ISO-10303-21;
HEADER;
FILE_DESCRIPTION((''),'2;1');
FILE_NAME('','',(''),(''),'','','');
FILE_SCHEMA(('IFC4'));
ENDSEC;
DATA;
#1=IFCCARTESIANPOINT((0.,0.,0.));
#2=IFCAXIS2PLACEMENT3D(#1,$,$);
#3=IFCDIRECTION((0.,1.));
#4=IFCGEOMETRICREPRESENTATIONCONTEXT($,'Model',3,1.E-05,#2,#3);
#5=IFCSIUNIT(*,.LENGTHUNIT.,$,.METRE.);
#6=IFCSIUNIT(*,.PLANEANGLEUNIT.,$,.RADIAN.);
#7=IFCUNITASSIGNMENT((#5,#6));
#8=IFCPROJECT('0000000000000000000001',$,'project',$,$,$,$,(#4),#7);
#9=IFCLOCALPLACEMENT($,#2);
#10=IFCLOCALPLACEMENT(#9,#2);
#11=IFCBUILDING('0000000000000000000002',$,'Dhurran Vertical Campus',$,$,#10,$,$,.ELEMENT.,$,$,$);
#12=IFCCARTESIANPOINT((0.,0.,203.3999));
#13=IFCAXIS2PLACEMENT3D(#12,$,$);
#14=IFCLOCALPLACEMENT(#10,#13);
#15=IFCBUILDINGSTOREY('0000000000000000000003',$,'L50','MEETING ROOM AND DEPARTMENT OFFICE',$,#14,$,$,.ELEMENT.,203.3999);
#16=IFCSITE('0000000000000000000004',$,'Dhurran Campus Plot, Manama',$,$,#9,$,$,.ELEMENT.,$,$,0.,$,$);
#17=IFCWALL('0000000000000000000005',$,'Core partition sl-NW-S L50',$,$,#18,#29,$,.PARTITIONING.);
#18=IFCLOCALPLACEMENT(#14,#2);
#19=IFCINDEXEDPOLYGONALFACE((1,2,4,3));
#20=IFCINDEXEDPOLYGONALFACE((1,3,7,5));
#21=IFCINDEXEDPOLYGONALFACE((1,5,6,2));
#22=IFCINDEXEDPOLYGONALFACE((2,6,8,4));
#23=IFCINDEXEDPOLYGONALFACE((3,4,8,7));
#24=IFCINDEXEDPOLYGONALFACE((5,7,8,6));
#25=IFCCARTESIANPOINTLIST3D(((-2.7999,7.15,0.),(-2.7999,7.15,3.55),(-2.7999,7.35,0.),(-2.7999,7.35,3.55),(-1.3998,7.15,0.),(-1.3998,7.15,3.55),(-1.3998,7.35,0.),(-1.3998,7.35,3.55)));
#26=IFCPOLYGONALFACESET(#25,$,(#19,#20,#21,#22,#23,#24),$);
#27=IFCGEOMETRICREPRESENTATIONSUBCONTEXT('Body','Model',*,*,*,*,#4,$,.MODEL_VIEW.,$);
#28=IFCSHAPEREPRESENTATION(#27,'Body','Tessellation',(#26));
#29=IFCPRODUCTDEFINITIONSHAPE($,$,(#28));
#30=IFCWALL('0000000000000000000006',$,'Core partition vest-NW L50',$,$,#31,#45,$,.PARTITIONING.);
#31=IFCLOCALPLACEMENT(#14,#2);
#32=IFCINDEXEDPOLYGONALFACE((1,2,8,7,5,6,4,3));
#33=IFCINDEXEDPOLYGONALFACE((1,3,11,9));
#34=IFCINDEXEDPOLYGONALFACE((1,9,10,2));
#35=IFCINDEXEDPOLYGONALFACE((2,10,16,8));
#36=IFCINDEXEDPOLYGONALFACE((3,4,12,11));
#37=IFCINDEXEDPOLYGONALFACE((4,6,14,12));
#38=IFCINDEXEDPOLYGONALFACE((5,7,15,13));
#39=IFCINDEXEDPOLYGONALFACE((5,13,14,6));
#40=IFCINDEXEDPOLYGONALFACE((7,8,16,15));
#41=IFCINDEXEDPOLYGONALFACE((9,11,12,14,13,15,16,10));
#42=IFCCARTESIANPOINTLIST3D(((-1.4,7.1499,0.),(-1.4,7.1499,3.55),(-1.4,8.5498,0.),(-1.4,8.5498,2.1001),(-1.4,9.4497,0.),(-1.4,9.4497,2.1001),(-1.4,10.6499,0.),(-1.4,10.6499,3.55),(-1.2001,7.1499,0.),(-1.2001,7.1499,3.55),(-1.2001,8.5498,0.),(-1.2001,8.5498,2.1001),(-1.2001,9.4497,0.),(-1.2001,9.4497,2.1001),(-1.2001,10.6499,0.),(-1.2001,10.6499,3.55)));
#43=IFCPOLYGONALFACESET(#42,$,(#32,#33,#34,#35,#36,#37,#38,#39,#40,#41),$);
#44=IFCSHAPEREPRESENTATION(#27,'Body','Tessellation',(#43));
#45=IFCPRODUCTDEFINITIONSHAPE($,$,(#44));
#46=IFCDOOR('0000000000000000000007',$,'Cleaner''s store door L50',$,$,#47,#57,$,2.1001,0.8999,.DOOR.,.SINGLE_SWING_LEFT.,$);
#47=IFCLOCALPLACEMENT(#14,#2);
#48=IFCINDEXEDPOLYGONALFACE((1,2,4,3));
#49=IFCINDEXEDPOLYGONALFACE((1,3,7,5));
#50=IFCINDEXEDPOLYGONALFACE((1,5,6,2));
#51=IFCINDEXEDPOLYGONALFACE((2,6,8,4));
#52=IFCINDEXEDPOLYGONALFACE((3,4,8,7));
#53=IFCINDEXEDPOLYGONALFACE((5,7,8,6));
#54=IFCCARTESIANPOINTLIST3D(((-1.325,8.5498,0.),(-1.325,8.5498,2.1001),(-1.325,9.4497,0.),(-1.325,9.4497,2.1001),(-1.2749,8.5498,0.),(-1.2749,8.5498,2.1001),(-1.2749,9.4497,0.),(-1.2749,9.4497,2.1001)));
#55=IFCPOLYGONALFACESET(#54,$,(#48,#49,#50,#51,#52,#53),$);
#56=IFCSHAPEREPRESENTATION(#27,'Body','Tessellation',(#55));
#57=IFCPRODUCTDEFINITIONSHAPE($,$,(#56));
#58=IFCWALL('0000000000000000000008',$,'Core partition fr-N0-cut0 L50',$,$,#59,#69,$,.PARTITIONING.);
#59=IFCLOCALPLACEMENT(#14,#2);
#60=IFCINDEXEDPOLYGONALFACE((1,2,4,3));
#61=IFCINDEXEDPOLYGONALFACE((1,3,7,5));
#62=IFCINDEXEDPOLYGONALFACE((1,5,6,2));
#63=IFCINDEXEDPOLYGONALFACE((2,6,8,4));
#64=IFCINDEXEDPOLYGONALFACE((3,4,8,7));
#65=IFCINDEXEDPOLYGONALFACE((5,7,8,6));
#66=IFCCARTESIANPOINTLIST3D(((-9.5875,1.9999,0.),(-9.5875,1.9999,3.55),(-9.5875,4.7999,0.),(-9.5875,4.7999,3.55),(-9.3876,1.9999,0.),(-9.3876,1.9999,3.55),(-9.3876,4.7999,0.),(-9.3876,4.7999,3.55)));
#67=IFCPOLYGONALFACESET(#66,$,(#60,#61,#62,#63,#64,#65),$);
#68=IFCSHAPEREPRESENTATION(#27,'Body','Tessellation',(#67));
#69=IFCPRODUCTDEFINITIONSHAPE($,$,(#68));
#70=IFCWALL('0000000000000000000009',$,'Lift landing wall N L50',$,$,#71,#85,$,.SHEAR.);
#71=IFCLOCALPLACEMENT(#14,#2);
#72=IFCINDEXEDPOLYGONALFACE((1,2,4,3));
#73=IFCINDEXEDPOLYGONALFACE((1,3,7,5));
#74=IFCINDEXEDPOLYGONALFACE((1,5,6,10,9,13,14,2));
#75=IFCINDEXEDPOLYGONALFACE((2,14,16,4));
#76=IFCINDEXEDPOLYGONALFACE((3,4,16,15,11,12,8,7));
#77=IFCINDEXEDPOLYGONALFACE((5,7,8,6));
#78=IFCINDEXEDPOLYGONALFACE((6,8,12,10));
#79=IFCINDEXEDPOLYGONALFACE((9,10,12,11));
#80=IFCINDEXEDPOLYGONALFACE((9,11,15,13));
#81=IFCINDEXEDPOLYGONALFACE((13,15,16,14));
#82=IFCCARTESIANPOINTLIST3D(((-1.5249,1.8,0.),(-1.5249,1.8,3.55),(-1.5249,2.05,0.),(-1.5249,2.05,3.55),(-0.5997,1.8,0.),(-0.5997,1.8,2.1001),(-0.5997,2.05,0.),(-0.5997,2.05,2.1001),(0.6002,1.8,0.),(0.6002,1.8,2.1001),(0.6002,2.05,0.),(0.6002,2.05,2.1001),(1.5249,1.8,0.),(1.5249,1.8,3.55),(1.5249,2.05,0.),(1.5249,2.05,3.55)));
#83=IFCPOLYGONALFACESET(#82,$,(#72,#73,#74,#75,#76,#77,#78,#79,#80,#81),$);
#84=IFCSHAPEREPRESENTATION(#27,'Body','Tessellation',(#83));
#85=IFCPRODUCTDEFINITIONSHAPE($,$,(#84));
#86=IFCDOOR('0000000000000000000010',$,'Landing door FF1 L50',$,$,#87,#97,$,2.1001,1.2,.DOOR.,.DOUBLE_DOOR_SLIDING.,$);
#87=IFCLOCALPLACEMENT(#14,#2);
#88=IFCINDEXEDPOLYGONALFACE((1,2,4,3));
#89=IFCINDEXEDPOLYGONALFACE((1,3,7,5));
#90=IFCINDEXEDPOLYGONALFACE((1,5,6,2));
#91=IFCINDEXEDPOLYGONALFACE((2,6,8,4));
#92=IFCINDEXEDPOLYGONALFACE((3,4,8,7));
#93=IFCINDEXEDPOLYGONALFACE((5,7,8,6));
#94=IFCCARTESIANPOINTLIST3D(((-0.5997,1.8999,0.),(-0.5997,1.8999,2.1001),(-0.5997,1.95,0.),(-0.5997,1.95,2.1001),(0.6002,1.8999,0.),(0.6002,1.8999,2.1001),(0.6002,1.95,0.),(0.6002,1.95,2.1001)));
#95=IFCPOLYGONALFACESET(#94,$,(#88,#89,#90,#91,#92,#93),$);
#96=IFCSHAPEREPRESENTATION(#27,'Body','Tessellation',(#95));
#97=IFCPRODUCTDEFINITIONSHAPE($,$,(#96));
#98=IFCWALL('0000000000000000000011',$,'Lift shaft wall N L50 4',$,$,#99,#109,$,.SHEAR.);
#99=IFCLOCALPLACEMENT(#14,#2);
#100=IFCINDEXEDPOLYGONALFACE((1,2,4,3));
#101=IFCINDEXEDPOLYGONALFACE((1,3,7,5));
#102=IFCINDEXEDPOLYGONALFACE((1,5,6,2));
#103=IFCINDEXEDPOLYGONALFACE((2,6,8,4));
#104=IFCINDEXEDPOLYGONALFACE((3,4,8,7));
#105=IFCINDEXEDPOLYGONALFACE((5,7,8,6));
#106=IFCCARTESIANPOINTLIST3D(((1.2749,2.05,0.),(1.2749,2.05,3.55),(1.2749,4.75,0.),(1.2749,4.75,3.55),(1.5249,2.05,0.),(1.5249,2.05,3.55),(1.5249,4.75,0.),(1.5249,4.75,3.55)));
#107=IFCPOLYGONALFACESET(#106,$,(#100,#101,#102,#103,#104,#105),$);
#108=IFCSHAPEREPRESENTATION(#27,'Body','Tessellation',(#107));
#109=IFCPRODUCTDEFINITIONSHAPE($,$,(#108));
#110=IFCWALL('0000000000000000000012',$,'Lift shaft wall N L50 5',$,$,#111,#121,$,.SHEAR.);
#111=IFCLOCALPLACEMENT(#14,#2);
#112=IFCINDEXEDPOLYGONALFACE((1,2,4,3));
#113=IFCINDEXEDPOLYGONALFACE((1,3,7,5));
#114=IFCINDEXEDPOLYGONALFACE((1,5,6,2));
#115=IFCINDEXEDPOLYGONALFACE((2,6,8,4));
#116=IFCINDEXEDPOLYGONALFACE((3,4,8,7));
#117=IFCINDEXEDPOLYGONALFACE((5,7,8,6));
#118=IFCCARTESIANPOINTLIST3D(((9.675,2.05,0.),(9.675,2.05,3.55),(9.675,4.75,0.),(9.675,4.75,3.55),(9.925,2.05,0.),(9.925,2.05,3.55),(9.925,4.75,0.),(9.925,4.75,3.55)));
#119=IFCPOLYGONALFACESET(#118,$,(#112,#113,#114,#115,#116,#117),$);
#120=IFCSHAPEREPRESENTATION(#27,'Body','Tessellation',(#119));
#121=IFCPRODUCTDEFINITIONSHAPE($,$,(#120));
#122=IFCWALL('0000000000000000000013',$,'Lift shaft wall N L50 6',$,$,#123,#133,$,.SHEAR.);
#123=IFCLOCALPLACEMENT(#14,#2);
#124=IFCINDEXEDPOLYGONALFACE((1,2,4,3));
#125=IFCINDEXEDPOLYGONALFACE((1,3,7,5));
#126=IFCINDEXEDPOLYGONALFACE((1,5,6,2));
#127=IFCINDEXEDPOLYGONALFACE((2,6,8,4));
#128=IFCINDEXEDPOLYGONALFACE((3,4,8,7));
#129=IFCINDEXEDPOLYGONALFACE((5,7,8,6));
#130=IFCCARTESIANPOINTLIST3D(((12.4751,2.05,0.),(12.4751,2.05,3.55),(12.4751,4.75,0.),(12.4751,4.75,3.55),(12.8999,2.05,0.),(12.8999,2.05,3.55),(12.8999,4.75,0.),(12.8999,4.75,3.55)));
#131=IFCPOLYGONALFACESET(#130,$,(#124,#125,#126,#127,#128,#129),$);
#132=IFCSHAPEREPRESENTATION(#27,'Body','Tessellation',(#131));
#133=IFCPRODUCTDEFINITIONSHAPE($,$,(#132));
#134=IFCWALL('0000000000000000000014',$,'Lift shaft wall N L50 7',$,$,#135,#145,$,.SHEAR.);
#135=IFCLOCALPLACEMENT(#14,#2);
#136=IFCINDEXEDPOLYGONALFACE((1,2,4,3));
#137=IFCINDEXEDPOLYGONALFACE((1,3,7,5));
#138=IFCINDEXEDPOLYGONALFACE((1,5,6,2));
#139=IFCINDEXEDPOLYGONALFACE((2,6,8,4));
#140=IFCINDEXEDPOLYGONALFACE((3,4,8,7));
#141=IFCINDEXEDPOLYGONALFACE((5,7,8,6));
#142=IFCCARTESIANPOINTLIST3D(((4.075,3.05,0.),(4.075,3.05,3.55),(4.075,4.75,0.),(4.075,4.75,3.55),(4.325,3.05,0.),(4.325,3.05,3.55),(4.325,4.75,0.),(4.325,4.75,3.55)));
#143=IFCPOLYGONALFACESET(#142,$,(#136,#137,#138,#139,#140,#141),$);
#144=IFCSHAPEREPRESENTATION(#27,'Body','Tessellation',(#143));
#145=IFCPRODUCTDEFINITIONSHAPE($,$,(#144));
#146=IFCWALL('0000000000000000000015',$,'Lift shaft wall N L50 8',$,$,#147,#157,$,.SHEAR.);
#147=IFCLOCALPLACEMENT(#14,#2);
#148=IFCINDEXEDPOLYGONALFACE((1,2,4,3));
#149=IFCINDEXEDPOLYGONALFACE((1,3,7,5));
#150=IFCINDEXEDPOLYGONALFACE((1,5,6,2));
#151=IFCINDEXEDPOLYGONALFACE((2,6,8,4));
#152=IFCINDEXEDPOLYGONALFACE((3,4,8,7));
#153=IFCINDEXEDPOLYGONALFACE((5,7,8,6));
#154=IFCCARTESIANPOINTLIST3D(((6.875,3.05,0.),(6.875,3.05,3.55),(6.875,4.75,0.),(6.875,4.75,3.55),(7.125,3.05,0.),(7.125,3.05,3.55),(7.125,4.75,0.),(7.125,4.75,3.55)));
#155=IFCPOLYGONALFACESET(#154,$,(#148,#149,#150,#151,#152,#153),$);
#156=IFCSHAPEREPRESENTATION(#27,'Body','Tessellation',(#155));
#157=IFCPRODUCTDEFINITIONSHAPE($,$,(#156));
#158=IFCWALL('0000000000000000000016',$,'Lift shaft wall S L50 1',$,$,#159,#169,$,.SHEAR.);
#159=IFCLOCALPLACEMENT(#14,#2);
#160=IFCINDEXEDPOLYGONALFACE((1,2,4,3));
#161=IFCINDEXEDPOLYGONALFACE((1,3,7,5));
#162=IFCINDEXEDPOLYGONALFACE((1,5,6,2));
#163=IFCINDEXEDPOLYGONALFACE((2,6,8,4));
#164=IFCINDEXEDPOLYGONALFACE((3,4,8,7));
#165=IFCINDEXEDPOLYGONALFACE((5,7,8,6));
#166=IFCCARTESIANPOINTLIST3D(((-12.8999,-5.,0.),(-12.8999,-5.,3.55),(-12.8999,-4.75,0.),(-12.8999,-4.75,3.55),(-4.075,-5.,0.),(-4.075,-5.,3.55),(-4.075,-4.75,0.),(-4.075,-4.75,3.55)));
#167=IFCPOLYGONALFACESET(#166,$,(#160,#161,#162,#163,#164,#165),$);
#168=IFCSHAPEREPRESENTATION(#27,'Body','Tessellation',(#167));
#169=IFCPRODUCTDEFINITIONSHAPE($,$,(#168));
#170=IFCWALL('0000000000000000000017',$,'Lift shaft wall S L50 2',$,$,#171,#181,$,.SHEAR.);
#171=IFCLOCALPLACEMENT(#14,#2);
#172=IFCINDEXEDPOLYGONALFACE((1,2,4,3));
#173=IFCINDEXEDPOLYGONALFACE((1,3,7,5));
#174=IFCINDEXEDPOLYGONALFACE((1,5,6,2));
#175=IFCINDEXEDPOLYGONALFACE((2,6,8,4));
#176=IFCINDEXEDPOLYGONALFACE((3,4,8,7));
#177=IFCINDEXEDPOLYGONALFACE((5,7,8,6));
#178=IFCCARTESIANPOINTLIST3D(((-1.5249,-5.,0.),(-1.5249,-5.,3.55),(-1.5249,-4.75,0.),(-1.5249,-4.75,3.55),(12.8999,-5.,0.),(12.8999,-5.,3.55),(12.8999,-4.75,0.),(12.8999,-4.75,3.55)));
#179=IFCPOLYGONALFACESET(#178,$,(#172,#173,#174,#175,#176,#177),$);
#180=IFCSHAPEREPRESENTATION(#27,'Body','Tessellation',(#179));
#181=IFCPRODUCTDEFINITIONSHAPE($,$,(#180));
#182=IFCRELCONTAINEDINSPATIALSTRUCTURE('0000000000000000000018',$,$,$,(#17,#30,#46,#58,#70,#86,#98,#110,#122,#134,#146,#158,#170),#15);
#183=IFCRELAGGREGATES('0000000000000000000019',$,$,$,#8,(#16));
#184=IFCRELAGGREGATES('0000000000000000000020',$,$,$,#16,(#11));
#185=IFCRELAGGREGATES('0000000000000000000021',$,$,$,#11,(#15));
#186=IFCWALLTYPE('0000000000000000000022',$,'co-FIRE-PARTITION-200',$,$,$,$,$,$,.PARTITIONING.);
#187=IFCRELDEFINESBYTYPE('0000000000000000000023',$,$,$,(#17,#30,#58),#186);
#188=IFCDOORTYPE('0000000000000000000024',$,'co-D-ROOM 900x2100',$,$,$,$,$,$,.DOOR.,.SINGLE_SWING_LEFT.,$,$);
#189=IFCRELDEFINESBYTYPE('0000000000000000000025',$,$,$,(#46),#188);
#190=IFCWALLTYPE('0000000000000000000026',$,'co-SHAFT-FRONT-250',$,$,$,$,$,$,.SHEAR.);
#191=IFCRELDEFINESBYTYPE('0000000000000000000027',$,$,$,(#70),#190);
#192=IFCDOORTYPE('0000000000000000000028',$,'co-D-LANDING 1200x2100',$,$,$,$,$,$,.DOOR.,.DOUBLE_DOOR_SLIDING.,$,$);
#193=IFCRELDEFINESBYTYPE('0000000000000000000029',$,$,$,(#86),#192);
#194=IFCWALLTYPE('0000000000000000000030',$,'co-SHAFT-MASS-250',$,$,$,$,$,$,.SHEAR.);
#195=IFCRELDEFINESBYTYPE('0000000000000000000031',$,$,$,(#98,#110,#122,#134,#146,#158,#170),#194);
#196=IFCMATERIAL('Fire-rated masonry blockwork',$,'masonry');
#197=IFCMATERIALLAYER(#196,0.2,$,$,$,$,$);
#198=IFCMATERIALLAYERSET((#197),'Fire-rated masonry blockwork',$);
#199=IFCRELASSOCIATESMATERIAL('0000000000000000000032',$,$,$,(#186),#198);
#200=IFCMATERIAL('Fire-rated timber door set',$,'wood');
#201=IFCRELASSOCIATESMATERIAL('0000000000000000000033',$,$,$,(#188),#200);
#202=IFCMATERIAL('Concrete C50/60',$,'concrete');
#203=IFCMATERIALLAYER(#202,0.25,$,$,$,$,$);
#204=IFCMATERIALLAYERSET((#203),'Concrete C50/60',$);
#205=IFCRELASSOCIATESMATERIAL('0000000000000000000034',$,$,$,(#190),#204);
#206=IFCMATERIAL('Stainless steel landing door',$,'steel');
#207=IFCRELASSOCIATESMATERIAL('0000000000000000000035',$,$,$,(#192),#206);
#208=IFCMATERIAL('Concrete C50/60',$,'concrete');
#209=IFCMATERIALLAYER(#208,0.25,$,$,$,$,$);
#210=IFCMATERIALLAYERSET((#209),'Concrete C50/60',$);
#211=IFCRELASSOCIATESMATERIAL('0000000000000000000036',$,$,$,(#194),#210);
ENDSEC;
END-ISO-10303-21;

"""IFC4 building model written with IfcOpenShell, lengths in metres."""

from ifc_helpers import new_model, si_unit, direction, frame, frame_2d, origin, place, context, subcontext, project, spatial, polyline, rectangle, outline, extrude, material, layer, layer_set, type_object, element, fill, save


model = new_model("IFC4")

# Units and contexts
model_context = context("Model", 3, precision=1e-05, world=origin(), true_north=direction((0.0, 1.0)))
body_context = subcontext(model_context, "Body", "Model", "MODEL_VIEW")
ifc_project = project(units=[si_unit("LENGTHUNIT", "METRE"), si_unit("PLANEANGLEUNIT", "RADIAN")], contexts=[model_context])

# Site, building, storey
site_placement = place(None, origin())
site = spatial("IfcSite", under=ifc_project, at=site_placement, Name="Dhurran Campus Plot, Manama", CompositionType="ELEMENT", RefElevation=0.0)
building_placement = place(site_placement, origin())
building = spatial("IfcBuilding", under=site, at=building_placement, Name="Dhurran Vertical Campus", CompositionType="ELEMENT")
storey_placement = place(building_placement, frame((0.0, 0.0, 203.3999)))
storey = spatial("IfcBuildingStorey", under=building, at=storey_placement, Name="L50", Description="MEETING ROOM AND DEPARTMENT OFFICE", CompositionType="ELEMENT", Elevation=203.3999)

# Wall
ifc_material_1 = material(Name="Fire-rated masonry blockwork", Category="masonry")
ifc_layer_1 = layer(ifc_material_1, 0.2)
ifc_layer_set_1 = layer_set([ifc_layer_1], Name="Fire-rated masonry blockwork")
wall_type_1 = type_object("IfcWallType", Name="co-FIRE-PARTITION-200", PredefinedType="PARTITIONING", material=ifc_layer_set_1)
wall_1_placement = place(storey_placement, frame((-2.8, 7.25, 0.0), z_axis=(0.0, 0.0, 1.0), x_axis=(1.0, 0.0, 0.0)))
element("IfcWall", 1, at=wall_1_placement, inside=storey, type_object=wall_type_1, Name="Core partition sl-NW-S L50", PredefinedType="PARTITIONING", context=body_context, shape_type="SweptSolid", body=[
    extrude(rectangle(XDim=1.4001, YDim=0.2, at=frame_2d((0.7002, 0.0))), origin(), (0.0, 0.0, 1.0), 3.55),
])

# Wall, opening, door
wall_2_placement = place(storey_placement, frame((-1.3, 7.1499, 0.0), z_axis=(0.0, 0.0, 1.0), x_axis=(0.0, 1.0, 0.0)))
wall_2 = element("IfcWall", 2, at=wall_2_placement, inside=storey, type_object=wall_type_1, Name="Core partition vest-NW L50", PredefinedType="PARTITIONING", context=body_context, shape_type="SweptSolid", body=[
    extrude(rectangle(XDim=3.5, YDim=0.2, at=frame_2d((1.75, 0.0))), origin(), (0.0, 0.0, 1.0), 3.55),
])
opening_1_placement = place(wall_2_placement, frame((1.3999, 0.0, 0.0)))
opening_1 = element("IfcOpeningElement", 3, at=opening_1_placement, cuts=wall_2, PredefinedType="OPENING", context=body_context, shape_type="SweptSolid", body=[
    extrude(rectangle(XDim=0.8999, YDim=2.1001, at=frame_2d((0.45, 1.05))), frame((0.0, 0.1099, 0.0), z_axis=(0.0, -1.0, 0.0), x_axis=(1.0, 0.0, 0.0)), (0.0, 0.0, 1.0), 0.22),
])
ifc_material_2 = material(Name="Fire-rated timber door set", Category="wood")
door_type_1 = type_object("IfcDoorType", Name="co-D-ROOM 900x2100", OperationType="SINGLE_SWING_LEFT", PredefinedType="DOOR", material=ifc_material_2)
door_1_placement = place(opening_1_placement, origin())
door_1 = element("IfcDoor", 4, at=door_1_placement, inside=storey, type_object=door_type_1, Name="Cleaner's store door L50", OperationType="SINGLE_SWING_LEFT", OverallHeight=2.1001, OverallWidth=0.8999, PredefinedType="DOOR", context=body_context, shape_type="SweptSolid", body=[
    extrude(rectangle(XDim=0.8999, YDim=2.1001, at=frame_2d((0.45, 1.05))), frame((0.0, 0.0249, 0.0), z_axis=(0.0, -1.0, 0.0), x_axis=(1.0, 0.0, 0.0)), (0.0, 0.0, 1.0), 0.05),
])
fill(opening_1, door_1)

# Wall
wall_3_placement = place(storey_placement, frame((-9.4875, 2.0, 0.0), z_axis=(0.0, 0.0, 1.0), x_axis=(0.0, 1.0, 0.0)))
element("IfcWall", 5, at=wall_3_placement, inside=storey, type_object=wall_type_1, Name="Core partition fr-N0-cut0 L50", PredefinedType="PARTITIONING", context=body_context, shape_type="SweptSolid", body=[
    extrude(rectangle(XDim=2.8, YDim=0.2, at=frame_2d((1.3999, 0.0))), origin(), (0.0, 0.0, 1.0), 3.55),
])

# Wall, opening, door
ifc_material_3 = material(Name="Concrete C50/60", Category="concrete")
ifc_layer_2 = layer(ifc_material_3, 0.25)
ifc_layer_set_2 = layer_set([ifc_layer_2], Name="Concrete C50/60")
wall_type_2 = type_object("IfcWallType", Name="co-SHAFT-FRONT-250", PredefinedType="SHEAR", material=ifc_layer_set_2)
wall_4_placement = place(storey_placement, frame((-1.5249, 1.925, 0.0), z_axis=(0.0, 0.0, 1.0), x_axis=(1.0, 0.0, 0.0)))
wall_4 = element("IfcWall", 6, at=wall_4_placement, inside=storey, type_object=wall_type_2, Name="Lift landing wall N L50", PredefinedType="SHEAR", context=body_context, shape_type="SweptSolid", body=[
    extrude(rectangle(XDim=3.0498, YDim=0.25, at=frame_2d((1.5249, 0.0))), origin(), (0.0, 0.0, 1.0), 3.55),
])
opening_2_placement = place(wall_4_placement, frame((0.925, 0.0, 0.0)))
opening_2 = element("IfcOpeningElement", 7, at=opening_2_placement, cuts=wall_4, PredefinedType="OPENING", context=body_context, shape_type="SweptSolid", body=[
    extrude(rectangle(XDim=1.2, YDim=2.1001, at=frame_2d((0.6001, 1.05))), frame((0.0, 0.135, 0.0), z_axis=(0.0, -1.0, 0.0), x_axis=(1.0, 0.0, 0.0)), (0.0, 0.0, 1.0), 0.27),
])
ifc_material_4 = material(Name="Stainless steel landing door", Category="steel")
door_type_2 = type_object("IfcDoorType", Name="co-D-LANDING 1200x2100", OperationType="DOUBLE_DOOR_SLIDING", PredefinedType="DOOR", material=ifc_material_4)
door_2_placement = place(opening_2_placement, origin())
door_2 = element("IfcDoor", 8, at=door_2_placement, inside=storey, type_object=door_type_2, Name="Landing door FF1 L50", OperationType="DOUBLE_DOOR_SLIDING", OverallHeight=2.1001, OverallWidth=1.2, PredefinedType="DOOR", context=body_context, shape_type="SweptSolid", body=[
    extrude(rectangle(XDim=1.2, YDim=2.1001, at=frame_2d((0.6001, 1.05))), frame((0.0, 0.0249, 0.0), z_axis=(0.0, -1.0, 0.0), x_axis=(1.0, 0.0, 0.0)), (0.0, 0.0, 1.0), 0.05),
])
fill(opening_2, door_2)

# Walls
ifc_material_5 = material(Name="Concrete C50/60", Category="concrete")
ifc_layer_3 = layer(ifc_material_5, 0.25)
ifc_layer_set_3 = layer_set([ifc_layer_3], Name="Concrete C50/60")
wall_type_3 = type_object("IfcWallType", Name="co-SHAFT-MASS-250", PredefinedType="SHEAR", material=ifc_layer_set_3)
wall_5_placement = place(storey_placement, origin())
element("IfcWall", 9, at=wall_5_placement, inside=storey, type_object=wall_type_3, Name="Lift shaft wall N L50 4", PredefinedType="SHEAR", context=body_context, shape_type="SweptSolid", body=[
    extrude(outline(polyline([(1.2749, 2.05), (1.5249, 2.05), (1.5249, 4.75), (1.2749, 4.75), (1.2749, 2.05)])), origin(), (0.0, 0.0, 1.0), 3.55),
])
wall_6_placement = place(storey_placement, origin())
element("IfcWall", 10, at=wall_6_placement, inside=storey, type_object=wall_type_3, Name="Lift shaft wall N L50 5", PredefinedType="SHEAR", context=body_context, shape_type="SweptSolid", body=[
    extrude(outline(polyline([(9.675, 2.05), (9.925, 2.05), (9.925, 4.75), (9.675, 4.75), (9.675, 2.05)])), origin(), (0.0, 0.0, 1.0), 3.55),
])
wall_7_placement = place(storey_placement, origin())
element("IfcWall", 11, at=wall_7_placement, inside=storey, type_object=wall_type_3, Name="Lift shaft wall N L50 6", PredefinedType="SHEAR", context=body_context, shape_type="SweptSolid", body=[
    extrude(outline(polyline([(12.4751, 2.05), (12.8999, 2.05), (12.8999, 4.75), (12.4751, 4.75), (12.4751, 2.05)])), origin(), (0.0, 0.0, 1.0), 3.55),
])
wall_8_placement = place(storey_placement, origin())
element("IfcWall", 12, at=wall_8_placement, inside=storey, type_object=wall_type_3, Name="Lift shaft wall N L50 7", PredefinedType="SHEAR", context=body_context, shape_type="SweptSolid", body=[
    extrude(outline(polyline([(4.075, 3.05), (4.325, 3.05), (4.325, 4.75), (4.075, 4.75), (4.075, 3.05)])), origin(), (0.0, 0.0, 1.0), 3.55),
])
wall_9_placement = place(storey_placement, origin())
element("IfcWall", 13, at=wall_9_placement, inside=storey, type_object=wall_type_3, Name="Lift shaft wall N L50 8", PredefinedType="SHEAR", context=body_context, shape_type="SweptSolid", body=[
    extrude(outline(polyline([(6.875, 3.05), (7.125, 3.05), (7.125, 4.75), (6.875, 4.75), (6.875, 3.05)])), origin(), (0.0, 0.0, 1.0), 3.55),
])
wall_10_placement = place(storey_placement, origin())
element("IfcWall", 14, at=wall_10_placement, inside=storey, type_object=wall_type_3, Name="Lift shaft wall S L50 1", PredefinedType="SHEAR", context=body_context, shape_type="SweptSolid", body=[
    extrude(outline(polyline([(-12.8999, -5.0), (-4.075, -5.0), (-4.075, -4.75), (-12.8999, -4.75), (-12.8999, -5.0)])), origin(), (0.0, 0.0, 1.0), 3.55),
])
wall_11_placement = place(storey_placement, origin())
element("IfcWall", 15, at=wall_11_placement, inside=storey, type_object=wall_type_3, Name="Lift shaft wall S L50 2", PredefinedType="SHEAR", context=body_context, shape_type="SweptSolid", body=[
    extrude(outline(polyline([(-1.5249, -5.0), (12.8999, -5.0), (12.8999, -4.75), (-1.5249, -4.75), (-1.5249, -5.0)])), origin(), (0.0, 0.0, 1.0), 3.55),
])

save(model, "model.ifc")
